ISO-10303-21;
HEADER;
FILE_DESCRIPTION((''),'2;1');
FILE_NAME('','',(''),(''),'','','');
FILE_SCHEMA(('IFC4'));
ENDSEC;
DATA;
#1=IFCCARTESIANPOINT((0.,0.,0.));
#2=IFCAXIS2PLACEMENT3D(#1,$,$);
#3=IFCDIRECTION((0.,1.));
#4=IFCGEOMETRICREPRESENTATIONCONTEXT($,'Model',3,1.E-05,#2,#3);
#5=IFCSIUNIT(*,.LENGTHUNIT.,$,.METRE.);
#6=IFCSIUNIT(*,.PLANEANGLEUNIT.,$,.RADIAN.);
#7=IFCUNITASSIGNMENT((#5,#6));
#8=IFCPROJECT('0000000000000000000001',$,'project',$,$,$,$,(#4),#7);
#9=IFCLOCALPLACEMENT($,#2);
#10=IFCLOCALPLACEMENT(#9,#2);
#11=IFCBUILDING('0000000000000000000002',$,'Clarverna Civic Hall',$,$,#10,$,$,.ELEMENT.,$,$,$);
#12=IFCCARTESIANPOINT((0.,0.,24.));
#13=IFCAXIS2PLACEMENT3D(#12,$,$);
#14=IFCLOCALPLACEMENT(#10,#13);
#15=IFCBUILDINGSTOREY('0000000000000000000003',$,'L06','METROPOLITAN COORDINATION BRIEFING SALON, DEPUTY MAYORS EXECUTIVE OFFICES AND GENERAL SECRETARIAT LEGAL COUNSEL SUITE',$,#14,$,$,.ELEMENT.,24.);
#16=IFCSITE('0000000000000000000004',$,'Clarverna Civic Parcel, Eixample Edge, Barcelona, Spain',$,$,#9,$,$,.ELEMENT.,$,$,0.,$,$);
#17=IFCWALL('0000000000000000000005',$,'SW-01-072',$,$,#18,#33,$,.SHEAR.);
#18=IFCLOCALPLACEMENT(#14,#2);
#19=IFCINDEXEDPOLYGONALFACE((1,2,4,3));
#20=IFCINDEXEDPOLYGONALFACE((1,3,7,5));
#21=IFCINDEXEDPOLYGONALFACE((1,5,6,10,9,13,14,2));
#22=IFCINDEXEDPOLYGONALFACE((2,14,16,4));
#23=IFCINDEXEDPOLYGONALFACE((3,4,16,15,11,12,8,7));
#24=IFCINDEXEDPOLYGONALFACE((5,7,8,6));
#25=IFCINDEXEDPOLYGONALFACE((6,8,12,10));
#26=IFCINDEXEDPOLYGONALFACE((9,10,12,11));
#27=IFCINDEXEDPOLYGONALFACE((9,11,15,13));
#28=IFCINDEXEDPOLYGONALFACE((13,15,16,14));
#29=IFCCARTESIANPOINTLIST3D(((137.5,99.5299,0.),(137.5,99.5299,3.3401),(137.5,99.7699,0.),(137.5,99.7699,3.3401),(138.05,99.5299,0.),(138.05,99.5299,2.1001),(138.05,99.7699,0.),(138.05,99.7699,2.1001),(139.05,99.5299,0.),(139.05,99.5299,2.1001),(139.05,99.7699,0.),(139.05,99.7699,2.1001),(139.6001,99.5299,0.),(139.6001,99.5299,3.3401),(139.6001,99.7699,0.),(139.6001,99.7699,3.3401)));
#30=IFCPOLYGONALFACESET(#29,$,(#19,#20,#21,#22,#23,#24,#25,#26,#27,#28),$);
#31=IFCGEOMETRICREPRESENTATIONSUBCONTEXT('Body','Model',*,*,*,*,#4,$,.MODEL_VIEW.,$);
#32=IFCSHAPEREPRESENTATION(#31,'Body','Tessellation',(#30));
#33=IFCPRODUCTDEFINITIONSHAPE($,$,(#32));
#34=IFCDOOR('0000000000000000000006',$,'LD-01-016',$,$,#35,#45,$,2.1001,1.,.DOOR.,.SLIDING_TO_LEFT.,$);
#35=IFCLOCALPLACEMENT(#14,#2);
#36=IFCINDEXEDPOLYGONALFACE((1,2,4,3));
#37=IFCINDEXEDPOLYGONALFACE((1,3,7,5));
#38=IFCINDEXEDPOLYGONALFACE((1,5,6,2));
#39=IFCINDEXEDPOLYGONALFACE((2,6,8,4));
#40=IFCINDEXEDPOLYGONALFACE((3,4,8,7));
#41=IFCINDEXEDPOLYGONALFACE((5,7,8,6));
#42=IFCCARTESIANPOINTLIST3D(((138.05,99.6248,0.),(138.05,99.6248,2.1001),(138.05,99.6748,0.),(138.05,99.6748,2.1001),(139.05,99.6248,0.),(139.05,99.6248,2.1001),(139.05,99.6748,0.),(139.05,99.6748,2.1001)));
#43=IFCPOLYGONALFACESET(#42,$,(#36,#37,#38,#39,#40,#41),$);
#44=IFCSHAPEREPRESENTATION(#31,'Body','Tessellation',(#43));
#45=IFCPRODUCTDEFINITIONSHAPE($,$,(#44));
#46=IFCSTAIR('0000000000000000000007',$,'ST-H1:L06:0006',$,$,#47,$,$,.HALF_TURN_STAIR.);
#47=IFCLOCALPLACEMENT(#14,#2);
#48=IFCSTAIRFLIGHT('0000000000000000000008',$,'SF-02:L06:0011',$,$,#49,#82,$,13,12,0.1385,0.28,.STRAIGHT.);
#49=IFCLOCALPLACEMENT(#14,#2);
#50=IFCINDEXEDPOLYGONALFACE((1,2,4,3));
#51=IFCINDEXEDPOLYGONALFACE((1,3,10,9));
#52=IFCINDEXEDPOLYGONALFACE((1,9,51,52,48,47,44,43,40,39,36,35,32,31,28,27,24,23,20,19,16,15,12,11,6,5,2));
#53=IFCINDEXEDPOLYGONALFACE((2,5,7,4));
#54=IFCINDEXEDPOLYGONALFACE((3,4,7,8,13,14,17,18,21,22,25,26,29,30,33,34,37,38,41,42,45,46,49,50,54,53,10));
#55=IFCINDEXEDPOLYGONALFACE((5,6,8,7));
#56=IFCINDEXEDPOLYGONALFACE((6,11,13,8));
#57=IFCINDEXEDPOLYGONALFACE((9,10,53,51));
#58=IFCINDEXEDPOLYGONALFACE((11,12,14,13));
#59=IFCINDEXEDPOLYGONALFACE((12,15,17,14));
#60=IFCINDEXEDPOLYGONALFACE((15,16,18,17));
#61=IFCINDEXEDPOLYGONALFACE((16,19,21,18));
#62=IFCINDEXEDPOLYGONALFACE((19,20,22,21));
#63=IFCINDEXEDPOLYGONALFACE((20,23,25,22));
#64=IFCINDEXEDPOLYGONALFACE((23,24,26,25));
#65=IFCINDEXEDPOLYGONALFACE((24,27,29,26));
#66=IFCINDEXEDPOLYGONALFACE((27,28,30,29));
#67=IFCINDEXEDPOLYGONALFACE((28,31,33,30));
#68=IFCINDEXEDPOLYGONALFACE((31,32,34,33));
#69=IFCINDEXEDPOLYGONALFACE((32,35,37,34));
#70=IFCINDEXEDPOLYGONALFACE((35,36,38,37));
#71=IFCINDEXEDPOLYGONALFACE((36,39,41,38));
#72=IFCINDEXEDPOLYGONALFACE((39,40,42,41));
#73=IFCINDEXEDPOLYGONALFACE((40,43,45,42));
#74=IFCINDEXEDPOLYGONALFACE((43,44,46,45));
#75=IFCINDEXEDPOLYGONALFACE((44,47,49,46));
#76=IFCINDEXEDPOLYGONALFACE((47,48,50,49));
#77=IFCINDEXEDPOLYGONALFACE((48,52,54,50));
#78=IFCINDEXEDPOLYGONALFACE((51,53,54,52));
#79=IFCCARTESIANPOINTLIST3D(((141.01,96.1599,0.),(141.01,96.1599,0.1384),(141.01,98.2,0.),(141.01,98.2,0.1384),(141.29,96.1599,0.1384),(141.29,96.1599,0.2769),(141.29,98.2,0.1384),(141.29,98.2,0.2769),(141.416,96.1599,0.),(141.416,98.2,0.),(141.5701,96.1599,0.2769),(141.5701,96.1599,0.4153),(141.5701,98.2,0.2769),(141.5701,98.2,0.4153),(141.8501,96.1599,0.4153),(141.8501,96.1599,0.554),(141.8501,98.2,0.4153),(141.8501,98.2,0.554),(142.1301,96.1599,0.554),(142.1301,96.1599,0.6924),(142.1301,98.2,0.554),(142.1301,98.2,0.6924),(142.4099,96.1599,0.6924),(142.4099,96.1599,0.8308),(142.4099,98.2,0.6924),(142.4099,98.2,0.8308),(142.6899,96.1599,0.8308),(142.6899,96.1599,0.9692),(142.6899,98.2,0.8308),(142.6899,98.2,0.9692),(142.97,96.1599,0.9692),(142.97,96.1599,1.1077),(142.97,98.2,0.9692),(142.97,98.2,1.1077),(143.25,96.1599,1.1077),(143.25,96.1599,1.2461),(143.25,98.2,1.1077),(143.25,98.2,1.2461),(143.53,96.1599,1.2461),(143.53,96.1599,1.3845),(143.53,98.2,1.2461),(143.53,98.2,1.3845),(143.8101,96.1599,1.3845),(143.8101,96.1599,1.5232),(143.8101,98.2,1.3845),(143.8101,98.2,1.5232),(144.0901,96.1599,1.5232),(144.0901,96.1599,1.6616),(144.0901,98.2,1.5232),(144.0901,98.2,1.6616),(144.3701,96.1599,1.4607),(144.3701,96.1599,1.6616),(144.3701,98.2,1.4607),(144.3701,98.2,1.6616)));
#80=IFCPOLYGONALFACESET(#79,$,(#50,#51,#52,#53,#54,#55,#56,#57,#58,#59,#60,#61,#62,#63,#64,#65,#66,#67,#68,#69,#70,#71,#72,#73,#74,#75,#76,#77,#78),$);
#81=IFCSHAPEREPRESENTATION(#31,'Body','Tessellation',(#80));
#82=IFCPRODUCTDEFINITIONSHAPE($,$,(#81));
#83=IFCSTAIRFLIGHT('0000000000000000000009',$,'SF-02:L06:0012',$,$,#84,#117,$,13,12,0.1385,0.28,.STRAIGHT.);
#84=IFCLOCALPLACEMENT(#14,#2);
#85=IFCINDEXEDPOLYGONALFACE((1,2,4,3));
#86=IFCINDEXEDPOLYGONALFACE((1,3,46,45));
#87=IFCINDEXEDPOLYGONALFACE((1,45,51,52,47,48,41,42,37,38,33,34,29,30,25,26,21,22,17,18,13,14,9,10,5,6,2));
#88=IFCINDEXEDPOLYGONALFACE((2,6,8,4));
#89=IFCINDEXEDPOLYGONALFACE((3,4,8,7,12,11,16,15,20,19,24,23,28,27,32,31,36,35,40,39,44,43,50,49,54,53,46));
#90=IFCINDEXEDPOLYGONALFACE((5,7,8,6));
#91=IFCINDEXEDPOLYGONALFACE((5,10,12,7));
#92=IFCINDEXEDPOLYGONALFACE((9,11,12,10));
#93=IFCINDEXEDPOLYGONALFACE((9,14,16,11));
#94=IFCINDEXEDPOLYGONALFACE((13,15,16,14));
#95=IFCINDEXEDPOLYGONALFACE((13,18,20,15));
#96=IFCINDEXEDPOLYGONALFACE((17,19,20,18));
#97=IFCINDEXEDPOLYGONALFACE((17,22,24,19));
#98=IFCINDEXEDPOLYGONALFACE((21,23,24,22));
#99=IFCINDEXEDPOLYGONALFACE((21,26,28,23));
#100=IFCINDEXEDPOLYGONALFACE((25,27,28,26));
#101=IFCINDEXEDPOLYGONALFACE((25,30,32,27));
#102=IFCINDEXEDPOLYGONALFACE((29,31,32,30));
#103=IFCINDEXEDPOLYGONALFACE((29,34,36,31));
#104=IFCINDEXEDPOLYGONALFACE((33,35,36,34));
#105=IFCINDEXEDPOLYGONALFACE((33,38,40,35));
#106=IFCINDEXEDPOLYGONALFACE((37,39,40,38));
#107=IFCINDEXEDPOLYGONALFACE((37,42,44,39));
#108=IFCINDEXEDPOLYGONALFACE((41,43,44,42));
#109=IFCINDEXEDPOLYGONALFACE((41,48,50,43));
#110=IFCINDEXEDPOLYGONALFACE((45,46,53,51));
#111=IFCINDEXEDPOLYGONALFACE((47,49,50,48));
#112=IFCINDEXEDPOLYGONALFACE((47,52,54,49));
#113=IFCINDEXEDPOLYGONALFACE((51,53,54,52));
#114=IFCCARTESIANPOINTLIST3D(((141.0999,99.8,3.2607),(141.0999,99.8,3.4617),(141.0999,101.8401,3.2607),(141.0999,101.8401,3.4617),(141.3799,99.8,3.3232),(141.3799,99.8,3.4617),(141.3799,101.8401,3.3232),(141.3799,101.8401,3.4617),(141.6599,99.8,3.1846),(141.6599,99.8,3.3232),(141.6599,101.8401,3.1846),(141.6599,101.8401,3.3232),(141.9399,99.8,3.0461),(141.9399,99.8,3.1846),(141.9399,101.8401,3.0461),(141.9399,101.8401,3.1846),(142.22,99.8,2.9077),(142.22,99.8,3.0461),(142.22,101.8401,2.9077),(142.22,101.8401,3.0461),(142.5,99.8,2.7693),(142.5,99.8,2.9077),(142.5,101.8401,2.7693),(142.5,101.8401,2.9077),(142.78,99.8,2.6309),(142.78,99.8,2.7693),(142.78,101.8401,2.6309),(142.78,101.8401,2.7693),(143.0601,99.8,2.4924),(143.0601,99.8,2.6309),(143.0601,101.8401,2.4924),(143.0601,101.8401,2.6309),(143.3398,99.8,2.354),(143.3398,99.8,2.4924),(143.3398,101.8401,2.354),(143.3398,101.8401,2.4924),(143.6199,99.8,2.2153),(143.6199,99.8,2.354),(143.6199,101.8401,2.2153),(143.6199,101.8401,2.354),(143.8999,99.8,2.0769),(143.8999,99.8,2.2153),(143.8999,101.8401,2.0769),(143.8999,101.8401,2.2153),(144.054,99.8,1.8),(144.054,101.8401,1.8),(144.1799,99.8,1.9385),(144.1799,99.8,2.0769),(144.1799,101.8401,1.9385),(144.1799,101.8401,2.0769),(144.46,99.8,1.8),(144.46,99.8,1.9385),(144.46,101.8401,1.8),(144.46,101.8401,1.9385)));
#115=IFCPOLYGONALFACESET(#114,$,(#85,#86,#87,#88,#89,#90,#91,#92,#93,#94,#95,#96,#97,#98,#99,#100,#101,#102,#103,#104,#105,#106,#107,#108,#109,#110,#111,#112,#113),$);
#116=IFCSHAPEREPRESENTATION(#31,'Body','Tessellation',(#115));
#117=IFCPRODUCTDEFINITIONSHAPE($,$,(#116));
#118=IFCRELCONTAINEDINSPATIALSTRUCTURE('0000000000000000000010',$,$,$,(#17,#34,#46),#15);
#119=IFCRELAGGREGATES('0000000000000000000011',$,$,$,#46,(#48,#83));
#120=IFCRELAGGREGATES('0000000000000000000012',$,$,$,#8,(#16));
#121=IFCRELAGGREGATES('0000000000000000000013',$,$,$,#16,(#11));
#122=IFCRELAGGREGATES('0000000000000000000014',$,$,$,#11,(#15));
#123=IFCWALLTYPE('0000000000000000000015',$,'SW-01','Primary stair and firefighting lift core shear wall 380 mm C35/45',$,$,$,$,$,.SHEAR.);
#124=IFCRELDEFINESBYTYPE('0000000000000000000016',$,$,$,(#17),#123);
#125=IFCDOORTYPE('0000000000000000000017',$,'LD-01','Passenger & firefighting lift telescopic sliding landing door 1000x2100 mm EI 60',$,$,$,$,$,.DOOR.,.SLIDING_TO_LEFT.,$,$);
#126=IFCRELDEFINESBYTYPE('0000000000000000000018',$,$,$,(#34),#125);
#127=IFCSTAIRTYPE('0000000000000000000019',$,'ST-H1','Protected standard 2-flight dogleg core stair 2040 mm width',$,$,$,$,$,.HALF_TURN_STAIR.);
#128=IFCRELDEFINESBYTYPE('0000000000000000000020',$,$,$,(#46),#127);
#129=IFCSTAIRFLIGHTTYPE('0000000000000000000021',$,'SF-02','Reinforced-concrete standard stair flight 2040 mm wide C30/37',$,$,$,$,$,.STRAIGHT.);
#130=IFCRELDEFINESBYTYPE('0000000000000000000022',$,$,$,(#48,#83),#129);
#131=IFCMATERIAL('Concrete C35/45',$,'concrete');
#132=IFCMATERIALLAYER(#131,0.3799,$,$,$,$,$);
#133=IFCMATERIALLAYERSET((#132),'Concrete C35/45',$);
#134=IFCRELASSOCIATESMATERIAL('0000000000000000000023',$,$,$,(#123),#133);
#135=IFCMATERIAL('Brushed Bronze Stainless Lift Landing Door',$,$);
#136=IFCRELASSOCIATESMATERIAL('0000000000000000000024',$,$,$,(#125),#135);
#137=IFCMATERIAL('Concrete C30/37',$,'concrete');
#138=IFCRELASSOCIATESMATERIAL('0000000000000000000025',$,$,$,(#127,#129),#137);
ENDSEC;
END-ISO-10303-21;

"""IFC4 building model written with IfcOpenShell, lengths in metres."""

from ifc_helpers import new_model, si_unit, direction, frame, frame_2d, origin, place, context, subcontext, project, spatial, polyline, rectangle, outline, extrude, material, layer, layer_set, type_object, element, fill, aggregate, save


model = new_model("IFC4")

# Units and contexts
model_context = context("Model", 3, precision=1e-05, world=origin(), true_north=direction((0.0, 1.0)))
body_context = subcontext(model_context, "Body", "Model", "MODEL_VIEW")
ifc_project = project(units=[si_unit("LENGTHUNIT", "METRE"), si_unit("PLANEANGLEUNIT", "RADIAN")], contexts=[model_context])

# Site, building, storey
site_placement = place(None, origin())
site = spatial("IfcSite", under=ifc_project, at=site_placement, Name="Clarverna Civic Parcel, Eixample Edge, Barcelona, Spain", CompositionType="ELEMENT", RefElevation=0.0)
building_placement = place(site_placement, origin())
building = spatial("IfcBuilding", under=site, at=building_placement, Name="Clarverna Civic Hall", CompositionType="ELEMENT")
storey_placement = place(building_placement, frame((0.0, 0.0, 24.0)))
storey = spatial("IfcBuildingStorey", under=building, at=storey_placement, Name="L06", Description="METROPOLITAN COORDINATION BRIEFING SALON, DEPUTY MAYORS EXECUTIVE OFFICES AND GENERAL SECRETARIAT LEGAL COUNSEL SUITE", CompositionType="ELEMENT", Elevation=24.0)

# Shared definitions
ifc_material_1 = material(Name="Concrete C35/45", Category="concrete")

# Shared definitions
ifc_layer_1 = layer(ifc_material_1, 0.3799)
ifc_layer_set_1 = layer_set([ifc_layer_1], Name="Concrete C35/45")
wall_type_1 = type_object("IfcWallType", Name="SW-01", Description="Primary stair and firefighting lift core shear wall 380 mm C35/45", PredefinedType="SHEAR", material=ifc_layer_set_1)

# Wall, opening, door
wall_1_placement = place(storey_placement, frame((137.5, 99.6499, 0.0), z_axis=(0.0, 0.0, 1.0), x_axis=(1.0, 0.0, 0.0)))
wall_1 = element("IfcWall", 1, at=wall_1_placement, inside=storey, type_object=wall_type_1, Name="SW-01-072", PredefinedType="SHEAR", context=body_context, shape_type="SweptSolid", body=[
    extrude(rectangle(XDim=2.1001, YDim=0.24, at=frame_2d((1.05, 0.0))), origin(), (0.0, 0.0, 1.0), 3.3401),
])
opening_1_placement = place(wall_1_placement, frame((0.55, 0.0, 0.0)))
opening_1 = element("IfcOpeningElement", 2, at=opening_1_placement, cuts=wall_1, PredefinedType="OPENING", context=body_context, shape_type="SweptSolid", body=[
    extrude(rectangle(XDim=1.0, YDim=2.1001, at=frame_2d((0.5, 1.05))), frame((0.0, 0.1299, 0.0), z_axis=(0.0, -1.0, 0.0), x_axis=(1.0, 0.0, 0.0)), (0.0, 0.0, 1.0), 0.26),
])
ifc_material_2 = material(Name="Brushed Bronze Stainless Lift Landing Door")
door_type_1 = type_object("IfcDoorType", Name="LD-01", Description="Passenger & firefighting lift telescopic sliding landing door 1000x2100 mm EI 60", OperationType="SLIDING_TO_LEFT", PredefinedType="DOOR", material=ifc_material_2)
door_1_placement = place(opening_1_placement, origin())
door_1 = element("IfcDoor", 3, at=door_1_placement, inside=storey, type_object=door_type_1, Name="LD-01-016", OperationType="SLIDING_TO_LEFT", OverallHeight=2.1001, OverallWidth=1.0, PredefinedType="DOOR", context=body_context, shape_type="SweptSolid", body=[
    extrude(rectangle(XDim=1.0, YDim=2.1001, at=frame_2d((0.5, 1.05))), frame((0.0, 0.0249, 0.0), z_axis=(0.0, -1.0, 0.0), x_axis=(1.0, 0.0, 0.0)), (0.0, 0.0, 1.0), 0.05),
])
fill(opening_1, door_1)

# Stair, stair flights
ifc_material_3 = material(Name="Concrete C30/37", Category="concrete")
stair_type = type_object("IfcStairType", Name="ST-H1", Description="Protected standard 2-flight dogleg core stair 2040 mm width", PredefinedType="HALF_TURN_STAIR", material=ifc_material_3)
stair_placement = place(storey_placement, origin())
stair = element("IfcStair", 4, at=stair_placement, inside=storey, type_object=stair_type, Name="ST-H1:L06:0006", PredefinedType="HALF_TURN_STAIR")
stair_flight_type = type_object("IfcStairFlightType", Name="SF-02", Description="Reinforced-concrete standard stair flight 2040 mm wide C30/37", PredefinedType="STRAIGHT", material=ifc_material_3)
stair_flight_1_placement = place(storey_placement, frame((141.01, 97.1799, 0.0), z_axis=(0.0, 0.0, 1.0), x_axis=(1.0, 0.0, 0.0)))
stair_flight_1 = element("IfcStairFlight", 5, at=stair_flight_1_placement, type_object=stair_flight_type, Name="SF-02:L06:0011", NumberOfRisers=13, NumberOfTreads=12, PredefinedType="STRAIGHT", RiserHeight=0.1385, TreadLength=0.28, context=body_context, shape_type="SweptSolid", body=[
    extrude(outline(polyline([(0.0, 0.0), (0.0, 0.1384), (0.28, 0.1384), (0.28, 0.2769), (0.5601, 0.2769), (0.5601, 0.4153), (0.8401, 0.4153), (0.8401, 0.554), (1.1201, 0.554), (1.1201, 0.6924), (1.3999, 0.6924), (1.3999, 0.8308), (1.6799, 0.8308), (1.6799, 0.9692), (1.96, 0.9692), (1.96, 1.1077), (2.24, 1.1077), (2.24, 1.2461), (2.52, 1.2461), (2.52, 1.3845), (2.8, 1.3845), (2.8, 1.5232), (3.0801, 1.5232), (3.0801, 1.6616), (3.3601, 1.6616), (3.3601, 1.8), (3.3601, 1.4607), (0.406, 0.0), (0.0, 0.0)])), frame((0.0, 1.02, 0.0), z_axis=(0.0, -1.0, 0.0), x_axis=(1.0, 0.0, 0.0)), (0.0, 0.0, 1.0), 2.04),
])
stair_flight_2_placement = place(storey_placement, frame((144.46, 100.8201, 1.8), z_axis=(0.0, 0.0, 1.0), x_axis=(-1.0, 0.0, 0.0)))
stair_flight_2 = element("IfcStairFlight", 6, at=stair_flight_2_placement, type_object=stair_flight_type, Name="SF-02:L06:0012", NumberOfRisers=13, NumberOfTreads=12, PredefinedType="STRAIGHT", RiserHeight=0.1385, TreadLength=0.28, context=body_context, shape_type="SweptSolid", body=[
    extrude(outline(polyline([(0.0, 0.0), (0.0, 0.1384), (0.28, 0.1384), (0.28, 0.2769), (0.5601, 0.2769), (0.5601, 0.4153), (0.8401, 0.4153), (0.8401, 0.554), (1.1201, 0.554), (1.1201, 0.6924), (1.3999, 0.6924), (1.3999, 0.8308), (1.6799, 0.8308), (1.6799, 0.9692), (1.96, 0.9692), (1.96, 1.1077), (2.24, 1.1077), (2.24, 1.2461), (2.52, 1.2461), (2.52, 1.3845), (2.8, 1.3845), (2.8, 1.5232), (3.0801, 1.5232), (3.0801, 1.6616), (3.3601, 1.6616), (3.3601, 1.8), (3.3601, 1.4607), (0.406, 0.0), (0.0, 0.0)])), frame((0.0, 1.02, 0.0), z_axis=(0.0, -1.0, 0.0), x_axis=(1.0, 0.0, 0.0)), (0.0, 0.0, 1.0), 2.04),
])
aggregate(stair, [stair_flight_1, stair_flight_2])

save(model, "model.ifc")
